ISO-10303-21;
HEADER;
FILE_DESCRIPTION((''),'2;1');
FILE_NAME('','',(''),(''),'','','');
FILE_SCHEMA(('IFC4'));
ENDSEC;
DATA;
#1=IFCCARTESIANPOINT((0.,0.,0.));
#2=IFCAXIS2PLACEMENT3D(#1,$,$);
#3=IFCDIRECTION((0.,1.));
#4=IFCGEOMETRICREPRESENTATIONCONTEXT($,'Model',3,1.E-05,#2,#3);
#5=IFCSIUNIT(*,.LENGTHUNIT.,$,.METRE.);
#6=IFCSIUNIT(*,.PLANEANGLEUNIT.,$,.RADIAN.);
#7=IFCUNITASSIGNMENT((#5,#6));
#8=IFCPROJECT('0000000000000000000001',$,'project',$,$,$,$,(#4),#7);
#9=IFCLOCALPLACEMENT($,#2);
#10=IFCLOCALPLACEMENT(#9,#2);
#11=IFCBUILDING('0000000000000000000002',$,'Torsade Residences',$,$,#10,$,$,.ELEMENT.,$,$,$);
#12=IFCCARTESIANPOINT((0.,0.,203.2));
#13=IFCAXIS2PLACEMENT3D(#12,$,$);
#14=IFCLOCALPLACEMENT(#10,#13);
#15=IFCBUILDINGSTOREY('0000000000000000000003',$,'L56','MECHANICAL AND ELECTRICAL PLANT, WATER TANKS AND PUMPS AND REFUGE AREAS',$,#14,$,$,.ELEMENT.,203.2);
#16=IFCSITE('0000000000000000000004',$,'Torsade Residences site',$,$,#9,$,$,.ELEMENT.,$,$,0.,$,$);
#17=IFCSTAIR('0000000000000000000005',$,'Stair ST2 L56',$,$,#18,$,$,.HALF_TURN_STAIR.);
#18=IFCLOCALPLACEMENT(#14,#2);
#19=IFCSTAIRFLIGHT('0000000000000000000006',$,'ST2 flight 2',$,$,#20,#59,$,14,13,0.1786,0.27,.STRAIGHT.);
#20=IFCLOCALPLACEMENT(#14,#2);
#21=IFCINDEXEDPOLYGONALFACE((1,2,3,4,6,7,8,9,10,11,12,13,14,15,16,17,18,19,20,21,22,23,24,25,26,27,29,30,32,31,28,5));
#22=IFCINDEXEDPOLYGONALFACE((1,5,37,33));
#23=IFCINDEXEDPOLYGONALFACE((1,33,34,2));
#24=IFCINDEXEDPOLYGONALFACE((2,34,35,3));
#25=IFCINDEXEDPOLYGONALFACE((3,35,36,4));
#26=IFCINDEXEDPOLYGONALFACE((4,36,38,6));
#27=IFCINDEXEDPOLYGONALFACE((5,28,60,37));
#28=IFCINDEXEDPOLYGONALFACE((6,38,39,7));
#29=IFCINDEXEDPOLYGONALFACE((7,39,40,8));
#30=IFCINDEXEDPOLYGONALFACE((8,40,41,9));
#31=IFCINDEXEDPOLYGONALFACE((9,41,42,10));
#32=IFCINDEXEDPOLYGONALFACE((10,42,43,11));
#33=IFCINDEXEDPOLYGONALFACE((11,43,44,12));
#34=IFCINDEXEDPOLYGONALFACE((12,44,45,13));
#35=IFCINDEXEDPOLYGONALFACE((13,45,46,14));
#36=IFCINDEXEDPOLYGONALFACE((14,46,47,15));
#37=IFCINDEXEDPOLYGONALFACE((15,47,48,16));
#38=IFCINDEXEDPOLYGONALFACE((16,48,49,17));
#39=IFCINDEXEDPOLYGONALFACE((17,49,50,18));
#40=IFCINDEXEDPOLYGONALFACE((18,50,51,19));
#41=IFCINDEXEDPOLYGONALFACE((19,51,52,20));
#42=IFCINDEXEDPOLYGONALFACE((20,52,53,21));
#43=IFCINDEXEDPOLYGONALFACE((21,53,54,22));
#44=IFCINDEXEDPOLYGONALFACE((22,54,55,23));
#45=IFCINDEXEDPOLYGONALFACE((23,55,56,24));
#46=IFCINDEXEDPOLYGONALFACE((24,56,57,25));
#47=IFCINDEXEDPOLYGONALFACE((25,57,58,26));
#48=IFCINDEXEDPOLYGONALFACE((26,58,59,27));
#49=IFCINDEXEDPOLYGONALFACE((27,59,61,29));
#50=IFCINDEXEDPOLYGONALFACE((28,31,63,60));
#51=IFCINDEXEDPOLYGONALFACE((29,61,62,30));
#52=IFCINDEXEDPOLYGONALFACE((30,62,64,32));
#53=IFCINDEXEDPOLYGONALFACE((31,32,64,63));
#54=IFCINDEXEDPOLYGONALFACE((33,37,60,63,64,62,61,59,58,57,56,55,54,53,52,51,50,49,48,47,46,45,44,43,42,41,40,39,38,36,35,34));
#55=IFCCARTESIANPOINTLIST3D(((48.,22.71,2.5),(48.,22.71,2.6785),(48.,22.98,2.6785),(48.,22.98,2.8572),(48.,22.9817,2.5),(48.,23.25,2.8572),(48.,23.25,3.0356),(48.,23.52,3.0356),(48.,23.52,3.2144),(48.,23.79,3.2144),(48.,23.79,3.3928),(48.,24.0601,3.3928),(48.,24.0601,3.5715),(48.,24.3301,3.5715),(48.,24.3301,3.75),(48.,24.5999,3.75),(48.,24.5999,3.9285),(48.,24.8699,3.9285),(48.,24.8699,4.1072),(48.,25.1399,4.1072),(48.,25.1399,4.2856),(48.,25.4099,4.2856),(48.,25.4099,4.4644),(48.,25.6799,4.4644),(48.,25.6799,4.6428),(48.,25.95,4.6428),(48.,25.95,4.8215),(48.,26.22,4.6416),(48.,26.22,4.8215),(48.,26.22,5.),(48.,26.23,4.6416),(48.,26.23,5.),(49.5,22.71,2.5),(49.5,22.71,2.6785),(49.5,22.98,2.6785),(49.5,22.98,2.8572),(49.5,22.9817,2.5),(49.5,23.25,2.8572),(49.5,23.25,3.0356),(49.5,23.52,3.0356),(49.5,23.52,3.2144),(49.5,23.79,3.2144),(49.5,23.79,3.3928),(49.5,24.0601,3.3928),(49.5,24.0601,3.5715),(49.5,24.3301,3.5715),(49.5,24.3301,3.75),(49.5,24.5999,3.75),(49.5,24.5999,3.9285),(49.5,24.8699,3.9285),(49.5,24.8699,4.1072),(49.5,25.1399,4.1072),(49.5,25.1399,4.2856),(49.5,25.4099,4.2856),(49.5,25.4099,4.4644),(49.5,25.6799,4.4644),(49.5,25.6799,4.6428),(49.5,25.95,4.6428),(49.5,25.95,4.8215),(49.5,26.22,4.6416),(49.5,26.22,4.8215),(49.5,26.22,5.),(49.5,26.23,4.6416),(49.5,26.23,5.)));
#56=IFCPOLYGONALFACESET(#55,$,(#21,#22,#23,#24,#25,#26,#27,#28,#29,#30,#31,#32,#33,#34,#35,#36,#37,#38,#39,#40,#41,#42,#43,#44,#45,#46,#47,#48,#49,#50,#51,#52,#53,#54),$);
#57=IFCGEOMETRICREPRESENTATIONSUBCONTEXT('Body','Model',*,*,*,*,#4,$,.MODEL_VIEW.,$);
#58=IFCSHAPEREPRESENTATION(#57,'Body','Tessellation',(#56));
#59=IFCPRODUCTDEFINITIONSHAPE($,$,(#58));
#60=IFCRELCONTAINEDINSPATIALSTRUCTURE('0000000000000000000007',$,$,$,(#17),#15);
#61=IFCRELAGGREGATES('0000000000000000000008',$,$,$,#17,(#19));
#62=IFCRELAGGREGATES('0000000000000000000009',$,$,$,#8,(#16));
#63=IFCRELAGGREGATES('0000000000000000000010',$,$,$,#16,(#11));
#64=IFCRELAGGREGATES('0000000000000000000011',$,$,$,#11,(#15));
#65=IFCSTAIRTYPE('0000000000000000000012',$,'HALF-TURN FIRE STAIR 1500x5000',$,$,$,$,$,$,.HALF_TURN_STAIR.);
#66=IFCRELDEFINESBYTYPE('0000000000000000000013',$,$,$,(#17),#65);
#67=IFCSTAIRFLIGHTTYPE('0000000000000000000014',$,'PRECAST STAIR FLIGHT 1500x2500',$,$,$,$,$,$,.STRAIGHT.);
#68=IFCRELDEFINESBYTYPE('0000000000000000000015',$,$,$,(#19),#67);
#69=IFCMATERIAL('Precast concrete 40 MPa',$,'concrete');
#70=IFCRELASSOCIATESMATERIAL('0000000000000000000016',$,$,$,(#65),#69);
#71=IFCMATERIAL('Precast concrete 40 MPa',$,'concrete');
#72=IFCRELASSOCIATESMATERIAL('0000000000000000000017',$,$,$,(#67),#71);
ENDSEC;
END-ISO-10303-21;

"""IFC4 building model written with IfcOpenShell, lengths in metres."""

from ifc_helpers import new_model, si_unit, direction, frame, origin, place, context, subcontext, project, spatial, polyline, outline, extrude, material, type_object, element, aggregate, save


model = new_model("IFC4")

# Units and contexts
model_context = context("Model", 3, precision=1e-05, world=origin(), true_north=direction((0.0, 1.0)))
body_context = subcontext(model_context, "Body", "Model", "MODEL_VIEW")
ifc_project = project(units=[si_unit("LENGTHUNIT", "METRE"), si_unit("PLANEANGLEUNIT", "RADIAN")], contexts=[model_context])

# Site, building, storey
site_placement = place(None, origin())
site = spatial("IfcSite", under=ifc_project, at=site_placement, Name="Torsade Residences site", CompositionType="ELEMENT", RefElevation=0.0)
building_placement = place(site_placement, origin())
building = spatial("IfcBuilding", under=site, at=building_placement, Name="Torsade Residences", CompositionType="ELEMENT")
storey_placement = place(building_placement, frame((0.0, 0.0, 203.2)))
storey = spatial("IfcBuildingStorey", under=building, at=storey_placement, Name="L56", Description="MECHANICAL AND ELECTRICAL PLANT, WATER TANKS AND PUMPS AND REFUGE AREAS", CompositionType="ELEMENT", Elevation=203.2)

# Stair, stair flight
ifc_material_1 = material(Name="Precast concrete 40 MPa", Category="concrete")
stair_type = type_object("IfcStairType", Name="HALF-TURN FIRE STAIR 1500x5000", PredefinedType="HALF_TURN_STAIR", material=ifc_material_1)
stair_placement = place(storey_placement, origin())
stair = element("IfcStair", 1, at=stair_placement, inside=storey, type_object=stair_type, Name="Stair ST2 L56", PredefinedType="HALF_TURN_STAIR")
ifc_material_2 = material(Name="Precast concrete 40 MPa", Category="concrete")
stair_flight_type = type_object("IfcStairFlightType", Name="PRECAST STAIR FLIGHT 1500x2500", PredefinedType="STRAIGHT", material=ifc_material_2)
stair_flight_1_placement = place(storey_placement, frame((48.75, 22.71, 2.5), z_axis=(0.0, 0.0, 1.0), x_axis=(0.0, 1.0, 0.0)))
stair_flight_1 = element("IfcStairFlight", 2, at=stair_flight_1_placement, type_object=stair_flight_type, Name="ST2 flight 2", NumberOfRisers=14, NumberOfTreads=13, PredefinedType="STRAIGHT", RiserHeight=0.1786, TreadLength=0.27, context=body_context, shape_type="SweptSolid", body=[
    extrude(outline(polyline([(0.0, 0.0), (0.0, 0.1785), (0.27, 0.1785), (0.27, 0.3572), (0.54, 0.3572), (0.54, 0.5356), (0.8101, 0.5356), (0.8101, 0.7144), (1.0801, 0.7144), (1.0801, 0.8928), (1.3501, 0.8928), (1.3501, 1.0715), (1.6201, 1.0715), (1.6201, 1.25), (1.8899, 1.25), (1.8899, 1.4285), (2.1599, 1.4285), (2.1599, 1.6072), (2.4299, 1.6072), (2.4299, 1.7856), (2.7, 1.7856), (2.7, 1.9644), (2.97, 1.9644), (2.97, 2.1428), (3.24, 2.1428), (3.24, 2.3215), (3.51, 2.3215), (3.51, 2.5), (3.52, 2.5), (3.52, 2.1416), (3.51, 2.1416), (0.2717, 0.0), (0.0, 0.0)])), frame((0.0, 0.75, 0.0), z_axis=(0.0, -1.0, 0.0), x_axis=(1.0, 0.0, 0.0)), (0.0, 0.0, 1.0), 1.5),
])
aggregate(stair, [stair_flight_1])

save(model, "model.ifc")
